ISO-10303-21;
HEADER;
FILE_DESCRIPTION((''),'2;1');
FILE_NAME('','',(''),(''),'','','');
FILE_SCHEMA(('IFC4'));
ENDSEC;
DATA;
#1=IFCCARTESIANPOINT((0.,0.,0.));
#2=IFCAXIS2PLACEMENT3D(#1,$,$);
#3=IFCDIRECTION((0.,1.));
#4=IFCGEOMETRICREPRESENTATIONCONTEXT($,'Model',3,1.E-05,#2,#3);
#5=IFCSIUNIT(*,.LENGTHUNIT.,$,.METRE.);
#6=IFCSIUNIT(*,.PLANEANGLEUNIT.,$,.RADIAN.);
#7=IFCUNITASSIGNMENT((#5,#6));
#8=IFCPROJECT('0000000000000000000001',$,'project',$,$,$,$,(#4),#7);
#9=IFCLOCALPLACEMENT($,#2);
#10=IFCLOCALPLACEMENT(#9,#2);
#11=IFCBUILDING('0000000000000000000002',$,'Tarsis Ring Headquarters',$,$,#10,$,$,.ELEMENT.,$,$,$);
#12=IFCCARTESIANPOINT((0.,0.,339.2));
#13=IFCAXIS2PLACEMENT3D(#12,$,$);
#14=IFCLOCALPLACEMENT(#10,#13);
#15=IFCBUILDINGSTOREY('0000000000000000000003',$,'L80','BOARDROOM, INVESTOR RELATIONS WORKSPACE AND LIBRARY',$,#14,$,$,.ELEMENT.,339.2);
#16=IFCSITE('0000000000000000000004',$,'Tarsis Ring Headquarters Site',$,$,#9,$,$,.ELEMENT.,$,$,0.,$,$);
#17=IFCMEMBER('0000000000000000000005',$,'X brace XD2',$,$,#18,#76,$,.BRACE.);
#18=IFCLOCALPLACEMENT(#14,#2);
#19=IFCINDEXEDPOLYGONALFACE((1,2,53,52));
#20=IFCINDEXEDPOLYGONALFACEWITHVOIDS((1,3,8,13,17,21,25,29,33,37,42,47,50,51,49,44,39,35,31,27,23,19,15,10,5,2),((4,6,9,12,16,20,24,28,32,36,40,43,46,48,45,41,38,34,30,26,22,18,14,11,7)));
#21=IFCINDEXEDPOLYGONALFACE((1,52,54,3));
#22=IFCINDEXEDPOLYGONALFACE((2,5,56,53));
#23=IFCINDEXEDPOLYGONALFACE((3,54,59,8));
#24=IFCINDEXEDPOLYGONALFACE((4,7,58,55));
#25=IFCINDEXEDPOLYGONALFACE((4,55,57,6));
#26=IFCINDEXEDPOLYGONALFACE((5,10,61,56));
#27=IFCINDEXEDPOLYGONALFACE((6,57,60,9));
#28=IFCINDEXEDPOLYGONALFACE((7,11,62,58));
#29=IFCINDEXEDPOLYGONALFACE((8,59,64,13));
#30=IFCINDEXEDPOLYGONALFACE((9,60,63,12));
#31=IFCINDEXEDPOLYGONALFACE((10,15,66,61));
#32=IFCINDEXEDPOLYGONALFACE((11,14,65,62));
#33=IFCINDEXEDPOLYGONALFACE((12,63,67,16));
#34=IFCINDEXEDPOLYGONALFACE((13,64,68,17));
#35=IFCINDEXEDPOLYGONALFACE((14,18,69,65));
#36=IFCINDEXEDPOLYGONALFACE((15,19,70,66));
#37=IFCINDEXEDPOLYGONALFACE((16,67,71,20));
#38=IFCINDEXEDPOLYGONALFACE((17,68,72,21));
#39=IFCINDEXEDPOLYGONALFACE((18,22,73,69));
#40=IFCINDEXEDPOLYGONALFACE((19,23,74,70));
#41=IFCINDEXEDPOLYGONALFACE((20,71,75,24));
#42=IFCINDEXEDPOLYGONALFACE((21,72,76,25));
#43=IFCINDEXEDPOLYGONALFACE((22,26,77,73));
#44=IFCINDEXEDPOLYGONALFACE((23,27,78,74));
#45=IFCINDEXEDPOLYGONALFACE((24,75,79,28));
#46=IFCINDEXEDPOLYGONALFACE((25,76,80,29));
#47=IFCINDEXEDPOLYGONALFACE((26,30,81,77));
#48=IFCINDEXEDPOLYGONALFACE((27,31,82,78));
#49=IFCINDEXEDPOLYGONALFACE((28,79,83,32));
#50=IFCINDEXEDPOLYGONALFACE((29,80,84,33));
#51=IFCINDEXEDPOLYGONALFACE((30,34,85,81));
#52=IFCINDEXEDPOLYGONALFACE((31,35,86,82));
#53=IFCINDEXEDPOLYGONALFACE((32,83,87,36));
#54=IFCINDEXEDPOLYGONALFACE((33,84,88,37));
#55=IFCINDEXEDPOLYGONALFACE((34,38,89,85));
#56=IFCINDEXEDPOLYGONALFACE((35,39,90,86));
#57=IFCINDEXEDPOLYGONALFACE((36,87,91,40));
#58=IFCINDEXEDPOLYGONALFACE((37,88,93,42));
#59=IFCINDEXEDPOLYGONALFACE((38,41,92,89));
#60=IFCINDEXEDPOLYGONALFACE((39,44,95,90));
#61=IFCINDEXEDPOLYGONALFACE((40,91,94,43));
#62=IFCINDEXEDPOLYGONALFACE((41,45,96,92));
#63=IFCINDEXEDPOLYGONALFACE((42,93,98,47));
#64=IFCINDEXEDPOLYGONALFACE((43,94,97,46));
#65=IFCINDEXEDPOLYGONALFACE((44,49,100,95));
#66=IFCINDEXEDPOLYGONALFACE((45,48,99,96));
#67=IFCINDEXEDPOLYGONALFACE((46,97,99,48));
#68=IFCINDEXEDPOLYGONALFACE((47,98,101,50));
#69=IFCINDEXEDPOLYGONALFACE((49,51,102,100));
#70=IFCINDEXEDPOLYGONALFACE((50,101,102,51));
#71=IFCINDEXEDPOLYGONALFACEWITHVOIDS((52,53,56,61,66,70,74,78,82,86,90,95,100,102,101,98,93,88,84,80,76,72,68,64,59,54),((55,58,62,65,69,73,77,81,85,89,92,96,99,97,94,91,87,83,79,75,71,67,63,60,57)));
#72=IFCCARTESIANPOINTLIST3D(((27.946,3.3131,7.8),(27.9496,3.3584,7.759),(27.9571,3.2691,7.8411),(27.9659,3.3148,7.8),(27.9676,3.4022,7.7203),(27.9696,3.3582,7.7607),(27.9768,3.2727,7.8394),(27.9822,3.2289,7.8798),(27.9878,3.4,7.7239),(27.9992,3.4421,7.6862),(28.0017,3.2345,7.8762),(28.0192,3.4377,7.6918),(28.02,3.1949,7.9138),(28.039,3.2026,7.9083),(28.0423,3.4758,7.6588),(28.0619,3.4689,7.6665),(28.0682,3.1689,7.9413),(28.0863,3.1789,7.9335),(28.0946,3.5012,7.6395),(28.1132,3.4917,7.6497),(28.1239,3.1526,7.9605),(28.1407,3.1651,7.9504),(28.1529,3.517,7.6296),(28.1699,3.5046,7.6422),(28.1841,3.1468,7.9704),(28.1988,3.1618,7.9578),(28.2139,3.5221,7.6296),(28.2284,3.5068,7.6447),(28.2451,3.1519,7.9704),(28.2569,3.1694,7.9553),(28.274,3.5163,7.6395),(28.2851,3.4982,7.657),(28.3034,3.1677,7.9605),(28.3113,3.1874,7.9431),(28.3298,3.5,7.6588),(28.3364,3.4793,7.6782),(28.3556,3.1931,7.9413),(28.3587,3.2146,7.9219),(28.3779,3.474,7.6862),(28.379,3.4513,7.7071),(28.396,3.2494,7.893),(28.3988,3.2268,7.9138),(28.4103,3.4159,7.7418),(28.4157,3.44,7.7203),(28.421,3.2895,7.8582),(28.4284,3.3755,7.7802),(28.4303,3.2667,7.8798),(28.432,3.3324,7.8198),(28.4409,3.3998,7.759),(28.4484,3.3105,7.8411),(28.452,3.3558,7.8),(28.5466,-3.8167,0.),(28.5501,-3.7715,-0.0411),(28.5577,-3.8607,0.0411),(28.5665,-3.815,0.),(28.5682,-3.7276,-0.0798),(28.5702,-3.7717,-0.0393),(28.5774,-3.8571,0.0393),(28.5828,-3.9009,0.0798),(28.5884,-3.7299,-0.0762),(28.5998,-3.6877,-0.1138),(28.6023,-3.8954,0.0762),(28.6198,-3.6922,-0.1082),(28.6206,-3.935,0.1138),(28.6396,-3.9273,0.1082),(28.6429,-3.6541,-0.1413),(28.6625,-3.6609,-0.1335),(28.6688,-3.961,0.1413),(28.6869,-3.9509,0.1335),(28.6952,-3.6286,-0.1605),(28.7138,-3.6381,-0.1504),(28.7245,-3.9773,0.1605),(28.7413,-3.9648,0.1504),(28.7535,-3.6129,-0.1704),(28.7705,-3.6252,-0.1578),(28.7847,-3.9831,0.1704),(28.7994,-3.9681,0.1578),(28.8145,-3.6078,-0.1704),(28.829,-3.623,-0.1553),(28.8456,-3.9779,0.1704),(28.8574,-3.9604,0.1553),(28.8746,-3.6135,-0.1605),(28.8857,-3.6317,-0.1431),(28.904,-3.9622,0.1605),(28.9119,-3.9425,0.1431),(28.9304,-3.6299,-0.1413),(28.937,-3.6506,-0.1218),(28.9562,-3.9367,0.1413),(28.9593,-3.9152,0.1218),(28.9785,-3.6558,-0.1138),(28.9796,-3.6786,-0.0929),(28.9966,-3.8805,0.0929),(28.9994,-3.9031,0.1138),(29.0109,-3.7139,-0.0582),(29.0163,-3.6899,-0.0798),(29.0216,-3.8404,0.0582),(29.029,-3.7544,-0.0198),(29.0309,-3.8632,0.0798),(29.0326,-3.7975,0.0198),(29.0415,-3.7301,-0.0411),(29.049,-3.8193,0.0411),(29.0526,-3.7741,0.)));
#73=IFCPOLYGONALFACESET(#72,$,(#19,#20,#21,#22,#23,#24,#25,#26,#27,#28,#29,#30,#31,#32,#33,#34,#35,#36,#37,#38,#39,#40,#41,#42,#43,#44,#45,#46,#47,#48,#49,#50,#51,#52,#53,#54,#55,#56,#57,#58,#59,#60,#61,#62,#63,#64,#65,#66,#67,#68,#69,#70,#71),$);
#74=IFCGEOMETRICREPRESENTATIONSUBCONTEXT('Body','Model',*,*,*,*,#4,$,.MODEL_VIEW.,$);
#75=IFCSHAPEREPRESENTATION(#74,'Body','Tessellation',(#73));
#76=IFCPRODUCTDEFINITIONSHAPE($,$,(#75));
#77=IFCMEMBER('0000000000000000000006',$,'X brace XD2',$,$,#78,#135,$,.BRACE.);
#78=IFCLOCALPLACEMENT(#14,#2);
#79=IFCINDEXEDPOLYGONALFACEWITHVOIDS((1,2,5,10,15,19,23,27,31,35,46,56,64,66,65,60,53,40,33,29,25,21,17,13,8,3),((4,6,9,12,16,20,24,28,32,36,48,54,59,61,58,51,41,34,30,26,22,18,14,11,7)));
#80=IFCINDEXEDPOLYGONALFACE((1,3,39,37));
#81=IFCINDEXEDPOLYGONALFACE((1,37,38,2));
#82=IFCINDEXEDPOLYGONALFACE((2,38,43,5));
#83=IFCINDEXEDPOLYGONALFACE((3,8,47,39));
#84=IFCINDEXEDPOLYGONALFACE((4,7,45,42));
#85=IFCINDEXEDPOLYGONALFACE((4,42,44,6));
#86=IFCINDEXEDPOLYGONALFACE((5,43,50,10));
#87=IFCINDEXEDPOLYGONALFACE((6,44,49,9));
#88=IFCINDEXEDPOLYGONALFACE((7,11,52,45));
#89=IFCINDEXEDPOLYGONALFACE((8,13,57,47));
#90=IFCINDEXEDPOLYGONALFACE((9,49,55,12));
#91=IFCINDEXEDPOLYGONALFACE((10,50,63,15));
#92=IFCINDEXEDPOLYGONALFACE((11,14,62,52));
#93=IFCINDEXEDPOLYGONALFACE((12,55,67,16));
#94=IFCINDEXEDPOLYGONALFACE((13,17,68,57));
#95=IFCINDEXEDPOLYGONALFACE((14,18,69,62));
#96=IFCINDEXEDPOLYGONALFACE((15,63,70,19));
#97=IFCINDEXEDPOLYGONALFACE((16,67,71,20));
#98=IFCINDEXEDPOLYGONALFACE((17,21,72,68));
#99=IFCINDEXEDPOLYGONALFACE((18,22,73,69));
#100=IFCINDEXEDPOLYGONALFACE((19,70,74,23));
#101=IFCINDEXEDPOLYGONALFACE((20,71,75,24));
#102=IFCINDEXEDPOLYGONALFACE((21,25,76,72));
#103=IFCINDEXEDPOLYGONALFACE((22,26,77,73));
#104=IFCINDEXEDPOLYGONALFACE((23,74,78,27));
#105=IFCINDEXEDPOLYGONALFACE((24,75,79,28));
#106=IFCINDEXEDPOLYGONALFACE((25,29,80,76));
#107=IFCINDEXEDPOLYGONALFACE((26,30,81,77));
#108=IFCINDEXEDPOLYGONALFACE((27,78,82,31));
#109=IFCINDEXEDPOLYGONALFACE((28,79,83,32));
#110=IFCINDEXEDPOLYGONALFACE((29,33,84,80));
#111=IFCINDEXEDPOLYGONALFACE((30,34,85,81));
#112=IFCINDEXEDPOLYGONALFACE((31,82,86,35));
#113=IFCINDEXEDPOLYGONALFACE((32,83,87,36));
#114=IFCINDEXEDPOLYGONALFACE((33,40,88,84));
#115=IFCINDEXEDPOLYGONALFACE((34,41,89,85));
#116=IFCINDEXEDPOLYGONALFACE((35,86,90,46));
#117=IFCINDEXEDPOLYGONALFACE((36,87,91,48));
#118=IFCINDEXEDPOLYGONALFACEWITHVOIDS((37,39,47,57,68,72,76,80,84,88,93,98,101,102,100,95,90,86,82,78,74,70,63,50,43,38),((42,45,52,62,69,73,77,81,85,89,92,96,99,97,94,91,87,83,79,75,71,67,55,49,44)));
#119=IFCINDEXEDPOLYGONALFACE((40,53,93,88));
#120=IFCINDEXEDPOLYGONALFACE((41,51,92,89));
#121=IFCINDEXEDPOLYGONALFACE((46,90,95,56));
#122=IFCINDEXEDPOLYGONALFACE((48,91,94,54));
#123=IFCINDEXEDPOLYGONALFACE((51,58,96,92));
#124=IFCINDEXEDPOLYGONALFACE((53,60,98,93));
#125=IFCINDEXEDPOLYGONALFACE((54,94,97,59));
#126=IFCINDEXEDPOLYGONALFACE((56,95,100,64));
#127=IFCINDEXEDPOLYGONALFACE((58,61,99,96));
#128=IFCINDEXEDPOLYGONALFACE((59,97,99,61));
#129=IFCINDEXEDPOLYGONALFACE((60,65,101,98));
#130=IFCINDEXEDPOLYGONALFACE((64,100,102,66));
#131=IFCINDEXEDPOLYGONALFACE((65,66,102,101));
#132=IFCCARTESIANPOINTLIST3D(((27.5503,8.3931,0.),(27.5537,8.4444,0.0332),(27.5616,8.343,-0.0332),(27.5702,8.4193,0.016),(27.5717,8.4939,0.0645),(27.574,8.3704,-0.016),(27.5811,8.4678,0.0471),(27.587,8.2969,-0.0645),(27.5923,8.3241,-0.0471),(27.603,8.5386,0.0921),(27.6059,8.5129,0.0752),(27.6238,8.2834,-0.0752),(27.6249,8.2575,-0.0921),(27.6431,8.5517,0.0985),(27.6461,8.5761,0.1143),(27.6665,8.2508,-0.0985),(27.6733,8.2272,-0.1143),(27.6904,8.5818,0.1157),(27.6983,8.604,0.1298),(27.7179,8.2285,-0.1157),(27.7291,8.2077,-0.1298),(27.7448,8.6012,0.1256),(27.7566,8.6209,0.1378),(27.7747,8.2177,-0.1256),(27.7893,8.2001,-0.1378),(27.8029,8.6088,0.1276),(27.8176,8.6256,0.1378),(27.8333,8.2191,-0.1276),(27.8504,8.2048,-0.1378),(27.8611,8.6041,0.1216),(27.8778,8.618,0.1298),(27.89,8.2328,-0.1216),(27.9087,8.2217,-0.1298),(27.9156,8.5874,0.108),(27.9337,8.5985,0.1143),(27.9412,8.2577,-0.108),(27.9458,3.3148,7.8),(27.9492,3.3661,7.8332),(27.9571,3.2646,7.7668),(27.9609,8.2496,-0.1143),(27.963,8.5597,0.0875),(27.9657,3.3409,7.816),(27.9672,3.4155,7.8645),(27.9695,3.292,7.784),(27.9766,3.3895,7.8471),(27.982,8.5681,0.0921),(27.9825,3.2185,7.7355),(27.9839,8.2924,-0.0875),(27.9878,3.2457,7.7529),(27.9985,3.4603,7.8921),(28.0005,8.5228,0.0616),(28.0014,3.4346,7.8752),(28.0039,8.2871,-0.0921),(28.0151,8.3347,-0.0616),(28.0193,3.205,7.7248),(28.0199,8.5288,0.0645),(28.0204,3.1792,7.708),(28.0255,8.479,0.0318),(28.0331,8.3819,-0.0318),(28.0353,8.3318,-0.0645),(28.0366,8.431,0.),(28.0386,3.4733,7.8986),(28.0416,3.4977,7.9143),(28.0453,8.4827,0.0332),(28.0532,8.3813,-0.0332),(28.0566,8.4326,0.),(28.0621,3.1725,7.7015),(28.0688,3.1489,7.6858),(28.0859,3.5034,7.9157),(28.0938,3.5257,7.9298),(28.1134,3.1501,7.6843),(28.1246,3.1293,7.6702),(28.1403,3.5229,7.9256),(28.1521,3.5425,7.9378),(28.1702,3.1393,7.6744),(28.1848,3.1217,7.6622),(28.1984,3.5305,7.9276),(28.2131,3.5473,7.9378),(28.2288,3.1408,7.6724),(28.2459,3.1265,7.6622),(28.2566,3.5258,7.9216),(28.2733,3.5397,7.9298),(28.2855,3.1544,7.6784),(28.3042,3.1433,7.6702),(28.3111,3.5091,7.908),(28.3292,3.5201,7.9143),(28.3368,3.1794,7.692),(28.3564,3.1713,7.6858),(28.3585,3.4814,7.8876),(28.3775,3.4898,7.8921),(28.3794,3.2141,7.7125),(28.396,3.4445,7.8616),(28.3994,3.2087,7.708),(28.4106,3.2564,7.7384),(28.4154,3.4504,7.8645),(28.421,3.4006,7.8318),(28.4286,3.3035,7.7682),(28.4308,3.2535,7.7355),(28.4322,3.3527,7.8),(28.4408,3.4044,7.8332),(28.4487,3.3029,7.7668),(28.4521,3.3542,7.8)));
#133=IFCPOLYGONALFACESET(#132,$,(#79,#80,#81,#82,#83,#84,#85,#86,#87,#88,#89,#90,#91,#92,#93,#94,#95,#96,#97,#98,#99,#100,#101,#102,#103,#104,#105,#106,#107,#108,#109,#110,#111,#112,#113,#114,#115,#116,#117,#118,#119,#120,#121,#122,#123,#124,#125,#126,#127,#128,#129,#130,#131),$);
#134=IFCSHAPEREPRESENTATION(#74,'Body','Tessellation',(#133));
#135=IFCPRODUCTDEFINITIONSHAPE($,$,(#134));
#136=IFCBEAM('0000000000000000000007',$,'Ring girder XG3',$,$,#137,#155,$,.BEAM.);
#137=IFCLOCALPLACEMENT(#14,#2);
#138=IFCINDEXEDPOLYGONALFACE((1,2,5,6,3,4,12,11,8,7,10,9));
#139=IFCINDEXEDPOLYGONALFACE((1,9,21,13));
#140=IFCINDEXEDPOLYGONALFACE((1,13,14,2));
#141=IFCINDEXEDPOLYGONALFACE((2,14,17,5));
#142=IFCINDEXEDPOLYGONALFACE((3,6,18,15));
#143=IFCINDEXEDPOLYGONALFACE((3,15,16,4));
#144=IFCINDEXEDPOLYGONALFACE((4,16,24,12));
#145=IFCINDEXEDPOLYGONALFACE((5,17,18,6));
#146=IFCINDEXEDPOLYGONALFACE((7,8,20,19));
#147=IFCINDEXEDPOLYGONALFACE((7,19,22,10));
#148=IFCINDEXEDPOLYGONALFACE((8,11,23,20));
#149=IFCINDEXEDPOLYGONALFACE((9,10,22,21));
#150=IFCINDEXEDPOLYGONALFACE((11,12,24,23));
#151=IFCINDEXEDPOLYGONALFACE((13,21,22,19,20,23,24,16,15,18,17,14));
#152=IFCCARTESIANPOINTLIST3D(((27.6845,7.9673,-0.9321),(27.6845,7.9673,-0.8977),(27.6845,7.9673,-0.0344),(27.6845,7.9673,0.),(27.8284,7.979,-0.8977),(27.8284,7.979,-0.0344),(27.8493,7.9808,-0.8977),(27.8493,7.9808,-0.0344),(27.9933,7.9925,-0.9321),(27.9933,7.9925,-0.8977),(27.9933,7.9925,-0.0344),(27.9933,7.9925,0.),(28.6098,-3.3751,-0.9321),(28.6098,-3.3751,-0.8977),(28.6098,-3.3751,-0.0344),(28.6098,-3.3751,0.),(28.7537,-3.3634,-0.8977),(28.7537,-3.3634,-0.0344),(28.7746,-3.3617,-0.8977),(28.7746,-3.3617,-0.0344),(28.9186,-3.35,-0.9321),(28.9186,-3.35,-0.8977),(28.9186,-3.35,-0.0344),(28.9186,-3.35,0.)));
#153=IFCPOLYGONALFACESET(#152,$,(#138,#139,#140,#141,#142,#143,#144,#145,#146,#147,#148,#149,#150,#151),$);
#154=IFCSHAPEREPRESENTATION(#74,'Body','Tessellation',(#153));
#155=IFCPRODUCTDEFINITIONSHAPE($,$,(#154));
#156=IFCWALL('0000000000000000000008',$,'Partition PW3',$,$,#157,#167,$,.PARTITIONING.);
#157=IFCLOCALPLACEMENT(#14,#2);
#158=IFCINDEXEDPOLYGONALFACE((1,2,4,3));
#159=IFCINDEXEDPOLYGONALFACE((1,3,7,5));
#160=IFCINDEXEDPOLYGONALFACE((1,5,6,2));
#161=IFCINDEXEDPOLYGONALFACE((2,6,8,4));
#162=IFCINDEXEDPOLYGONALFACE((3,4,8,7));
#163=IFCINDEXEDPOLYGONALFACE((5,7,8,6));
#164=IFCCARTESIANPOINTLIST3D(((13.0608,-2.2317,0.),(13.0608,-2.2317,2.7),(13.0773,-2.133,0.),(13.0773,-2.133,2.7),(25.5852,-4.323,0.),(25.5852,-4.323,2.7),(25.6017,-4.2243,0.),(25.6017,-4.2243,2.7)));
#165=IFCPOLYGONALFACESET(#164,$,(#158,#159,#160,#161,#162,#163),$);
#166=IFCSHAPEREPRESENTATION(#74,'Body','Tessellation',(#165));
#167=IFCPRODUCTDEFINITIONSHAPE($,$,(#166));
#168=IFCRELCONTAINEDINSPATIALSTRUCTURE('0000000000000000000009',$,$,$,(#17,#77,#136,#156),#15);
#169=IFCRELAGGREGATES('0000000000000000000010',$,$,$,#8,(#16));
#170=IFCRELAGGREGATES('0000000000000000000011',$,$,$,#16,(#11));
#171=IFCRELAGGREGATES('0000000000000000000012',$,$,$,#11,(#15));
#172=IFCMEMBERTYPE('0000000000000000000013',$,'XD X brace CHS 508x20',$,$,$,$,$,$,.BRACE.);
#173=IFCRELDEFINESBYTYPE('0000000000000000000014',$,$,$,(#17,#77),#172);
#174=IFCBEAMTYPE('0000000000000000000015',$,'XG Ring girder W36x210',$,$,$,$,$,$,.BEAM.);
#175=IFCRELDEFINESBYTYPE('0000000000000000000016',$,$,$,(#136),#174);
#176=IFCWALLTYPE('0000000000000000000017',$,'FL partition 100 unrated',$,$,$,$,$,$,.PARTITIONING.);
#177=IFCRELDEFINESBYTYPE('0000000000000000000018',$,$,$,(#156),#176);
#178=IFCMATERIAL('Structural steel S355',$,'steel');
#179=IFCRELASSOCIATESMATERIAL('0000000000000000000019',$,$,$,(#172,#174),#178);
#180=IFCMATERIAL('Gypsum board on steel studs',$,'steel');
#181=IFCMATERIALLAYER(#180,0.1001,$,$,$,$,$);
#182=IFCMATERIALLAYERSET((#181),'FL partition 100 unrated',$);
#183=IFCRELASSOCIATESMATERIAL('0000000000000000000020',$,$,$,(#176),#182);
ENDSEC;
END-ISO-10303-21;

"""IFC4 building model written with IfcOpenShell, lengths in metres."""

from ifc_helpers import new_model, si_unit, direction, frame, frame_2d, origin, origin_2d, place, context, subcontext, project, spatial, rectangle, hollow_circle, i_section, extrude, material, layer, layer_set, material_profile, profile_set, type_object, element, save


model = new_model("IFC4")

# Units and contexts
model_context = context("Model", 3, precision=1e-05, world=origin(), true_north=direction((0.0, 1.0)))
body_context = subcontext(model_context, "Body", "Model", "MODEL_VIEW")
ifc_project = project(units=[si_unit("LENGTHUNIT", "METRE"), si_unit("PLANEANGLEUNIT", "RADIAN")], contexts=[model_context])

# Site, building, storey
site_placement = place(None, origin())
site = spatial("IfcSite", under=ifc_project, at=site_placement, Name="Tarsis Ring Headquarters Site", CompositionType="ELEMENT", RefElevation=0.0)
building_placement = place(site_placement, origin())
building = spatial("IfcBuilding", under=site, at=building_placement, Name="Tarsis Ring Headquarters", CompositionType="ELEMENT")
storey_placement = place(building_placement, frame((0.0, 0.0, 339.2)))
storey = spatial("IfcBuildingStorey", under=building, at=storey_placement, Name="L80", Description="BOARDROOM, INVESTOR RELATIONS WORKSPACE AND LIBRARY", CompositionType="ELEMENT", Elevation=339.2)

# Shared definitions
ifc_material_1 = material(Name="Structural steel S355", Category="steel")

# Members
ifc_material_profile_1 = material_profile(ifc_material_1, hollow_circle(Radius=0.2539, WallThickness=0.02, at=origin_2d()), Name="CHS 508x20")
ifc_profile_set_1 = profile_set([ifc_material_profile_1], Name="Structural steel S355")
member_type = type_object("IfcMemberType", Name="XD X brace CHS 508x20", PredefinedType="BRACE", material=ifc_profile_set_1)
member_1_placement = place(storey_placement, frame((28.7996, -3.7954, 0.0), z_axis=(-0.056741, 0.6736, 0.736915), x_axis=(-0.996471, -0.083938, 0.0)))
element("IfcMember", 1, at=member_1_placement, inside=storey, type_object=member_type, Name="X brace XD2", PredefinedType="BRACE", context=body_context, shape_type="SweptSolid", body=[
    extrude(hollow_circle(Radius=0.2539, WallThickness=0.02, at=origin_2d()), origin(), (0.0, 0.0, 1.0), 10.5847),
])
member_2_placement = place(storey_placement, frame((27.8035, 8.4128, 0.0), z_axis=(0.042455, -0.545126, 0.837278), x_axis=(0.996981, 0.077646, 0.0)))
element("IfcMember", 2, at=member_2_placement, inside=storey, type_object=member_type, Name="X brace XD2", PredefinedType="BRACE", context=body_context, shape_type="SweptSolid", body=[
    extrude(hollow_circle(Radius=0.2539, WallThickness=0.02, at=origin_2d()), origin(), (0.0, 0.0, 1.0), 9.3159),
])

# Beam
ifc_material_profile_2 = material_profile(ifc_material_1, i_section(OverallWidth=0.3098, OverallDepth=0.9321, WebThickness=0.021, FlangeThickness=0.0344, at=origin_2d()), Name="W36x210")
ifc_profile_set_2 = profile_set([ifc_material_profile_2], Name="Structural steel S355")
beam_type_1 = type_object("IfcBeamType", Name="XG Ring girder W36x210", PredefinedType="BEAM", material=ifc_profile_set_2)
beam_1_placement = place(storey_placement, frame((28.7642, -3.3625, -0.4661), z_axis=(-0.081307, 0.996689, 0.0), x_axis=(-0.996689, -0.081307, 0.0)))
element("IfcBeam", 3, at=beam_1_placement, inside=storey, type_object=beam_type_1, Name="Ring girder XG3", PredefinedType="BEAM", context=body_context, shape_type="SweptSolid", body=[
    extrude(i_section(OverallWidth=0.3098, OverallDepth=0.9321, WebThickness=0.021, FlangeThickness=0.0344, at=origin_2d()), origin(), (0.0, 0.0, 1.0), 11.3801),
])

# Wall
ifc_material_2 = material(Name="Gypsum board on steel studs", Category="steel")
ifc_layer_1 = layer(ifc_material_2, 0.1001)
ifc_layer_set_1 = layer_set([ifc_layer_1], Name="FL partition 100 unrated")
wall_type_1 = type_object("IfcWallType", Name="FL partition 100 unrated", PredefinedType="PARTITIONING", material=ifc_layer_set_1)
wall_1_placement = place(storey_placement, frame((13.0691, -2.1824, 0.0), z_axis=(0.0, 0.0, 1.0), x_axis=(0.986344, -0.164698, 0.0)))
element("IfcWall", 4, at=wall_1_placement, inside=storey, type_object=wall_type_1, Name="Partition PW3", PredefinedType="PARTITIONING", context=body_context, shape_type="SweptSolid", body=[
    extrude(rectangle(XDim=12.6978, YDim=0.1001, at=frame_2d((6.3489, 0.0))), origin(), (0.0, 0.0, 1.0), 2.7),
])

save(model, "model.ifc")
